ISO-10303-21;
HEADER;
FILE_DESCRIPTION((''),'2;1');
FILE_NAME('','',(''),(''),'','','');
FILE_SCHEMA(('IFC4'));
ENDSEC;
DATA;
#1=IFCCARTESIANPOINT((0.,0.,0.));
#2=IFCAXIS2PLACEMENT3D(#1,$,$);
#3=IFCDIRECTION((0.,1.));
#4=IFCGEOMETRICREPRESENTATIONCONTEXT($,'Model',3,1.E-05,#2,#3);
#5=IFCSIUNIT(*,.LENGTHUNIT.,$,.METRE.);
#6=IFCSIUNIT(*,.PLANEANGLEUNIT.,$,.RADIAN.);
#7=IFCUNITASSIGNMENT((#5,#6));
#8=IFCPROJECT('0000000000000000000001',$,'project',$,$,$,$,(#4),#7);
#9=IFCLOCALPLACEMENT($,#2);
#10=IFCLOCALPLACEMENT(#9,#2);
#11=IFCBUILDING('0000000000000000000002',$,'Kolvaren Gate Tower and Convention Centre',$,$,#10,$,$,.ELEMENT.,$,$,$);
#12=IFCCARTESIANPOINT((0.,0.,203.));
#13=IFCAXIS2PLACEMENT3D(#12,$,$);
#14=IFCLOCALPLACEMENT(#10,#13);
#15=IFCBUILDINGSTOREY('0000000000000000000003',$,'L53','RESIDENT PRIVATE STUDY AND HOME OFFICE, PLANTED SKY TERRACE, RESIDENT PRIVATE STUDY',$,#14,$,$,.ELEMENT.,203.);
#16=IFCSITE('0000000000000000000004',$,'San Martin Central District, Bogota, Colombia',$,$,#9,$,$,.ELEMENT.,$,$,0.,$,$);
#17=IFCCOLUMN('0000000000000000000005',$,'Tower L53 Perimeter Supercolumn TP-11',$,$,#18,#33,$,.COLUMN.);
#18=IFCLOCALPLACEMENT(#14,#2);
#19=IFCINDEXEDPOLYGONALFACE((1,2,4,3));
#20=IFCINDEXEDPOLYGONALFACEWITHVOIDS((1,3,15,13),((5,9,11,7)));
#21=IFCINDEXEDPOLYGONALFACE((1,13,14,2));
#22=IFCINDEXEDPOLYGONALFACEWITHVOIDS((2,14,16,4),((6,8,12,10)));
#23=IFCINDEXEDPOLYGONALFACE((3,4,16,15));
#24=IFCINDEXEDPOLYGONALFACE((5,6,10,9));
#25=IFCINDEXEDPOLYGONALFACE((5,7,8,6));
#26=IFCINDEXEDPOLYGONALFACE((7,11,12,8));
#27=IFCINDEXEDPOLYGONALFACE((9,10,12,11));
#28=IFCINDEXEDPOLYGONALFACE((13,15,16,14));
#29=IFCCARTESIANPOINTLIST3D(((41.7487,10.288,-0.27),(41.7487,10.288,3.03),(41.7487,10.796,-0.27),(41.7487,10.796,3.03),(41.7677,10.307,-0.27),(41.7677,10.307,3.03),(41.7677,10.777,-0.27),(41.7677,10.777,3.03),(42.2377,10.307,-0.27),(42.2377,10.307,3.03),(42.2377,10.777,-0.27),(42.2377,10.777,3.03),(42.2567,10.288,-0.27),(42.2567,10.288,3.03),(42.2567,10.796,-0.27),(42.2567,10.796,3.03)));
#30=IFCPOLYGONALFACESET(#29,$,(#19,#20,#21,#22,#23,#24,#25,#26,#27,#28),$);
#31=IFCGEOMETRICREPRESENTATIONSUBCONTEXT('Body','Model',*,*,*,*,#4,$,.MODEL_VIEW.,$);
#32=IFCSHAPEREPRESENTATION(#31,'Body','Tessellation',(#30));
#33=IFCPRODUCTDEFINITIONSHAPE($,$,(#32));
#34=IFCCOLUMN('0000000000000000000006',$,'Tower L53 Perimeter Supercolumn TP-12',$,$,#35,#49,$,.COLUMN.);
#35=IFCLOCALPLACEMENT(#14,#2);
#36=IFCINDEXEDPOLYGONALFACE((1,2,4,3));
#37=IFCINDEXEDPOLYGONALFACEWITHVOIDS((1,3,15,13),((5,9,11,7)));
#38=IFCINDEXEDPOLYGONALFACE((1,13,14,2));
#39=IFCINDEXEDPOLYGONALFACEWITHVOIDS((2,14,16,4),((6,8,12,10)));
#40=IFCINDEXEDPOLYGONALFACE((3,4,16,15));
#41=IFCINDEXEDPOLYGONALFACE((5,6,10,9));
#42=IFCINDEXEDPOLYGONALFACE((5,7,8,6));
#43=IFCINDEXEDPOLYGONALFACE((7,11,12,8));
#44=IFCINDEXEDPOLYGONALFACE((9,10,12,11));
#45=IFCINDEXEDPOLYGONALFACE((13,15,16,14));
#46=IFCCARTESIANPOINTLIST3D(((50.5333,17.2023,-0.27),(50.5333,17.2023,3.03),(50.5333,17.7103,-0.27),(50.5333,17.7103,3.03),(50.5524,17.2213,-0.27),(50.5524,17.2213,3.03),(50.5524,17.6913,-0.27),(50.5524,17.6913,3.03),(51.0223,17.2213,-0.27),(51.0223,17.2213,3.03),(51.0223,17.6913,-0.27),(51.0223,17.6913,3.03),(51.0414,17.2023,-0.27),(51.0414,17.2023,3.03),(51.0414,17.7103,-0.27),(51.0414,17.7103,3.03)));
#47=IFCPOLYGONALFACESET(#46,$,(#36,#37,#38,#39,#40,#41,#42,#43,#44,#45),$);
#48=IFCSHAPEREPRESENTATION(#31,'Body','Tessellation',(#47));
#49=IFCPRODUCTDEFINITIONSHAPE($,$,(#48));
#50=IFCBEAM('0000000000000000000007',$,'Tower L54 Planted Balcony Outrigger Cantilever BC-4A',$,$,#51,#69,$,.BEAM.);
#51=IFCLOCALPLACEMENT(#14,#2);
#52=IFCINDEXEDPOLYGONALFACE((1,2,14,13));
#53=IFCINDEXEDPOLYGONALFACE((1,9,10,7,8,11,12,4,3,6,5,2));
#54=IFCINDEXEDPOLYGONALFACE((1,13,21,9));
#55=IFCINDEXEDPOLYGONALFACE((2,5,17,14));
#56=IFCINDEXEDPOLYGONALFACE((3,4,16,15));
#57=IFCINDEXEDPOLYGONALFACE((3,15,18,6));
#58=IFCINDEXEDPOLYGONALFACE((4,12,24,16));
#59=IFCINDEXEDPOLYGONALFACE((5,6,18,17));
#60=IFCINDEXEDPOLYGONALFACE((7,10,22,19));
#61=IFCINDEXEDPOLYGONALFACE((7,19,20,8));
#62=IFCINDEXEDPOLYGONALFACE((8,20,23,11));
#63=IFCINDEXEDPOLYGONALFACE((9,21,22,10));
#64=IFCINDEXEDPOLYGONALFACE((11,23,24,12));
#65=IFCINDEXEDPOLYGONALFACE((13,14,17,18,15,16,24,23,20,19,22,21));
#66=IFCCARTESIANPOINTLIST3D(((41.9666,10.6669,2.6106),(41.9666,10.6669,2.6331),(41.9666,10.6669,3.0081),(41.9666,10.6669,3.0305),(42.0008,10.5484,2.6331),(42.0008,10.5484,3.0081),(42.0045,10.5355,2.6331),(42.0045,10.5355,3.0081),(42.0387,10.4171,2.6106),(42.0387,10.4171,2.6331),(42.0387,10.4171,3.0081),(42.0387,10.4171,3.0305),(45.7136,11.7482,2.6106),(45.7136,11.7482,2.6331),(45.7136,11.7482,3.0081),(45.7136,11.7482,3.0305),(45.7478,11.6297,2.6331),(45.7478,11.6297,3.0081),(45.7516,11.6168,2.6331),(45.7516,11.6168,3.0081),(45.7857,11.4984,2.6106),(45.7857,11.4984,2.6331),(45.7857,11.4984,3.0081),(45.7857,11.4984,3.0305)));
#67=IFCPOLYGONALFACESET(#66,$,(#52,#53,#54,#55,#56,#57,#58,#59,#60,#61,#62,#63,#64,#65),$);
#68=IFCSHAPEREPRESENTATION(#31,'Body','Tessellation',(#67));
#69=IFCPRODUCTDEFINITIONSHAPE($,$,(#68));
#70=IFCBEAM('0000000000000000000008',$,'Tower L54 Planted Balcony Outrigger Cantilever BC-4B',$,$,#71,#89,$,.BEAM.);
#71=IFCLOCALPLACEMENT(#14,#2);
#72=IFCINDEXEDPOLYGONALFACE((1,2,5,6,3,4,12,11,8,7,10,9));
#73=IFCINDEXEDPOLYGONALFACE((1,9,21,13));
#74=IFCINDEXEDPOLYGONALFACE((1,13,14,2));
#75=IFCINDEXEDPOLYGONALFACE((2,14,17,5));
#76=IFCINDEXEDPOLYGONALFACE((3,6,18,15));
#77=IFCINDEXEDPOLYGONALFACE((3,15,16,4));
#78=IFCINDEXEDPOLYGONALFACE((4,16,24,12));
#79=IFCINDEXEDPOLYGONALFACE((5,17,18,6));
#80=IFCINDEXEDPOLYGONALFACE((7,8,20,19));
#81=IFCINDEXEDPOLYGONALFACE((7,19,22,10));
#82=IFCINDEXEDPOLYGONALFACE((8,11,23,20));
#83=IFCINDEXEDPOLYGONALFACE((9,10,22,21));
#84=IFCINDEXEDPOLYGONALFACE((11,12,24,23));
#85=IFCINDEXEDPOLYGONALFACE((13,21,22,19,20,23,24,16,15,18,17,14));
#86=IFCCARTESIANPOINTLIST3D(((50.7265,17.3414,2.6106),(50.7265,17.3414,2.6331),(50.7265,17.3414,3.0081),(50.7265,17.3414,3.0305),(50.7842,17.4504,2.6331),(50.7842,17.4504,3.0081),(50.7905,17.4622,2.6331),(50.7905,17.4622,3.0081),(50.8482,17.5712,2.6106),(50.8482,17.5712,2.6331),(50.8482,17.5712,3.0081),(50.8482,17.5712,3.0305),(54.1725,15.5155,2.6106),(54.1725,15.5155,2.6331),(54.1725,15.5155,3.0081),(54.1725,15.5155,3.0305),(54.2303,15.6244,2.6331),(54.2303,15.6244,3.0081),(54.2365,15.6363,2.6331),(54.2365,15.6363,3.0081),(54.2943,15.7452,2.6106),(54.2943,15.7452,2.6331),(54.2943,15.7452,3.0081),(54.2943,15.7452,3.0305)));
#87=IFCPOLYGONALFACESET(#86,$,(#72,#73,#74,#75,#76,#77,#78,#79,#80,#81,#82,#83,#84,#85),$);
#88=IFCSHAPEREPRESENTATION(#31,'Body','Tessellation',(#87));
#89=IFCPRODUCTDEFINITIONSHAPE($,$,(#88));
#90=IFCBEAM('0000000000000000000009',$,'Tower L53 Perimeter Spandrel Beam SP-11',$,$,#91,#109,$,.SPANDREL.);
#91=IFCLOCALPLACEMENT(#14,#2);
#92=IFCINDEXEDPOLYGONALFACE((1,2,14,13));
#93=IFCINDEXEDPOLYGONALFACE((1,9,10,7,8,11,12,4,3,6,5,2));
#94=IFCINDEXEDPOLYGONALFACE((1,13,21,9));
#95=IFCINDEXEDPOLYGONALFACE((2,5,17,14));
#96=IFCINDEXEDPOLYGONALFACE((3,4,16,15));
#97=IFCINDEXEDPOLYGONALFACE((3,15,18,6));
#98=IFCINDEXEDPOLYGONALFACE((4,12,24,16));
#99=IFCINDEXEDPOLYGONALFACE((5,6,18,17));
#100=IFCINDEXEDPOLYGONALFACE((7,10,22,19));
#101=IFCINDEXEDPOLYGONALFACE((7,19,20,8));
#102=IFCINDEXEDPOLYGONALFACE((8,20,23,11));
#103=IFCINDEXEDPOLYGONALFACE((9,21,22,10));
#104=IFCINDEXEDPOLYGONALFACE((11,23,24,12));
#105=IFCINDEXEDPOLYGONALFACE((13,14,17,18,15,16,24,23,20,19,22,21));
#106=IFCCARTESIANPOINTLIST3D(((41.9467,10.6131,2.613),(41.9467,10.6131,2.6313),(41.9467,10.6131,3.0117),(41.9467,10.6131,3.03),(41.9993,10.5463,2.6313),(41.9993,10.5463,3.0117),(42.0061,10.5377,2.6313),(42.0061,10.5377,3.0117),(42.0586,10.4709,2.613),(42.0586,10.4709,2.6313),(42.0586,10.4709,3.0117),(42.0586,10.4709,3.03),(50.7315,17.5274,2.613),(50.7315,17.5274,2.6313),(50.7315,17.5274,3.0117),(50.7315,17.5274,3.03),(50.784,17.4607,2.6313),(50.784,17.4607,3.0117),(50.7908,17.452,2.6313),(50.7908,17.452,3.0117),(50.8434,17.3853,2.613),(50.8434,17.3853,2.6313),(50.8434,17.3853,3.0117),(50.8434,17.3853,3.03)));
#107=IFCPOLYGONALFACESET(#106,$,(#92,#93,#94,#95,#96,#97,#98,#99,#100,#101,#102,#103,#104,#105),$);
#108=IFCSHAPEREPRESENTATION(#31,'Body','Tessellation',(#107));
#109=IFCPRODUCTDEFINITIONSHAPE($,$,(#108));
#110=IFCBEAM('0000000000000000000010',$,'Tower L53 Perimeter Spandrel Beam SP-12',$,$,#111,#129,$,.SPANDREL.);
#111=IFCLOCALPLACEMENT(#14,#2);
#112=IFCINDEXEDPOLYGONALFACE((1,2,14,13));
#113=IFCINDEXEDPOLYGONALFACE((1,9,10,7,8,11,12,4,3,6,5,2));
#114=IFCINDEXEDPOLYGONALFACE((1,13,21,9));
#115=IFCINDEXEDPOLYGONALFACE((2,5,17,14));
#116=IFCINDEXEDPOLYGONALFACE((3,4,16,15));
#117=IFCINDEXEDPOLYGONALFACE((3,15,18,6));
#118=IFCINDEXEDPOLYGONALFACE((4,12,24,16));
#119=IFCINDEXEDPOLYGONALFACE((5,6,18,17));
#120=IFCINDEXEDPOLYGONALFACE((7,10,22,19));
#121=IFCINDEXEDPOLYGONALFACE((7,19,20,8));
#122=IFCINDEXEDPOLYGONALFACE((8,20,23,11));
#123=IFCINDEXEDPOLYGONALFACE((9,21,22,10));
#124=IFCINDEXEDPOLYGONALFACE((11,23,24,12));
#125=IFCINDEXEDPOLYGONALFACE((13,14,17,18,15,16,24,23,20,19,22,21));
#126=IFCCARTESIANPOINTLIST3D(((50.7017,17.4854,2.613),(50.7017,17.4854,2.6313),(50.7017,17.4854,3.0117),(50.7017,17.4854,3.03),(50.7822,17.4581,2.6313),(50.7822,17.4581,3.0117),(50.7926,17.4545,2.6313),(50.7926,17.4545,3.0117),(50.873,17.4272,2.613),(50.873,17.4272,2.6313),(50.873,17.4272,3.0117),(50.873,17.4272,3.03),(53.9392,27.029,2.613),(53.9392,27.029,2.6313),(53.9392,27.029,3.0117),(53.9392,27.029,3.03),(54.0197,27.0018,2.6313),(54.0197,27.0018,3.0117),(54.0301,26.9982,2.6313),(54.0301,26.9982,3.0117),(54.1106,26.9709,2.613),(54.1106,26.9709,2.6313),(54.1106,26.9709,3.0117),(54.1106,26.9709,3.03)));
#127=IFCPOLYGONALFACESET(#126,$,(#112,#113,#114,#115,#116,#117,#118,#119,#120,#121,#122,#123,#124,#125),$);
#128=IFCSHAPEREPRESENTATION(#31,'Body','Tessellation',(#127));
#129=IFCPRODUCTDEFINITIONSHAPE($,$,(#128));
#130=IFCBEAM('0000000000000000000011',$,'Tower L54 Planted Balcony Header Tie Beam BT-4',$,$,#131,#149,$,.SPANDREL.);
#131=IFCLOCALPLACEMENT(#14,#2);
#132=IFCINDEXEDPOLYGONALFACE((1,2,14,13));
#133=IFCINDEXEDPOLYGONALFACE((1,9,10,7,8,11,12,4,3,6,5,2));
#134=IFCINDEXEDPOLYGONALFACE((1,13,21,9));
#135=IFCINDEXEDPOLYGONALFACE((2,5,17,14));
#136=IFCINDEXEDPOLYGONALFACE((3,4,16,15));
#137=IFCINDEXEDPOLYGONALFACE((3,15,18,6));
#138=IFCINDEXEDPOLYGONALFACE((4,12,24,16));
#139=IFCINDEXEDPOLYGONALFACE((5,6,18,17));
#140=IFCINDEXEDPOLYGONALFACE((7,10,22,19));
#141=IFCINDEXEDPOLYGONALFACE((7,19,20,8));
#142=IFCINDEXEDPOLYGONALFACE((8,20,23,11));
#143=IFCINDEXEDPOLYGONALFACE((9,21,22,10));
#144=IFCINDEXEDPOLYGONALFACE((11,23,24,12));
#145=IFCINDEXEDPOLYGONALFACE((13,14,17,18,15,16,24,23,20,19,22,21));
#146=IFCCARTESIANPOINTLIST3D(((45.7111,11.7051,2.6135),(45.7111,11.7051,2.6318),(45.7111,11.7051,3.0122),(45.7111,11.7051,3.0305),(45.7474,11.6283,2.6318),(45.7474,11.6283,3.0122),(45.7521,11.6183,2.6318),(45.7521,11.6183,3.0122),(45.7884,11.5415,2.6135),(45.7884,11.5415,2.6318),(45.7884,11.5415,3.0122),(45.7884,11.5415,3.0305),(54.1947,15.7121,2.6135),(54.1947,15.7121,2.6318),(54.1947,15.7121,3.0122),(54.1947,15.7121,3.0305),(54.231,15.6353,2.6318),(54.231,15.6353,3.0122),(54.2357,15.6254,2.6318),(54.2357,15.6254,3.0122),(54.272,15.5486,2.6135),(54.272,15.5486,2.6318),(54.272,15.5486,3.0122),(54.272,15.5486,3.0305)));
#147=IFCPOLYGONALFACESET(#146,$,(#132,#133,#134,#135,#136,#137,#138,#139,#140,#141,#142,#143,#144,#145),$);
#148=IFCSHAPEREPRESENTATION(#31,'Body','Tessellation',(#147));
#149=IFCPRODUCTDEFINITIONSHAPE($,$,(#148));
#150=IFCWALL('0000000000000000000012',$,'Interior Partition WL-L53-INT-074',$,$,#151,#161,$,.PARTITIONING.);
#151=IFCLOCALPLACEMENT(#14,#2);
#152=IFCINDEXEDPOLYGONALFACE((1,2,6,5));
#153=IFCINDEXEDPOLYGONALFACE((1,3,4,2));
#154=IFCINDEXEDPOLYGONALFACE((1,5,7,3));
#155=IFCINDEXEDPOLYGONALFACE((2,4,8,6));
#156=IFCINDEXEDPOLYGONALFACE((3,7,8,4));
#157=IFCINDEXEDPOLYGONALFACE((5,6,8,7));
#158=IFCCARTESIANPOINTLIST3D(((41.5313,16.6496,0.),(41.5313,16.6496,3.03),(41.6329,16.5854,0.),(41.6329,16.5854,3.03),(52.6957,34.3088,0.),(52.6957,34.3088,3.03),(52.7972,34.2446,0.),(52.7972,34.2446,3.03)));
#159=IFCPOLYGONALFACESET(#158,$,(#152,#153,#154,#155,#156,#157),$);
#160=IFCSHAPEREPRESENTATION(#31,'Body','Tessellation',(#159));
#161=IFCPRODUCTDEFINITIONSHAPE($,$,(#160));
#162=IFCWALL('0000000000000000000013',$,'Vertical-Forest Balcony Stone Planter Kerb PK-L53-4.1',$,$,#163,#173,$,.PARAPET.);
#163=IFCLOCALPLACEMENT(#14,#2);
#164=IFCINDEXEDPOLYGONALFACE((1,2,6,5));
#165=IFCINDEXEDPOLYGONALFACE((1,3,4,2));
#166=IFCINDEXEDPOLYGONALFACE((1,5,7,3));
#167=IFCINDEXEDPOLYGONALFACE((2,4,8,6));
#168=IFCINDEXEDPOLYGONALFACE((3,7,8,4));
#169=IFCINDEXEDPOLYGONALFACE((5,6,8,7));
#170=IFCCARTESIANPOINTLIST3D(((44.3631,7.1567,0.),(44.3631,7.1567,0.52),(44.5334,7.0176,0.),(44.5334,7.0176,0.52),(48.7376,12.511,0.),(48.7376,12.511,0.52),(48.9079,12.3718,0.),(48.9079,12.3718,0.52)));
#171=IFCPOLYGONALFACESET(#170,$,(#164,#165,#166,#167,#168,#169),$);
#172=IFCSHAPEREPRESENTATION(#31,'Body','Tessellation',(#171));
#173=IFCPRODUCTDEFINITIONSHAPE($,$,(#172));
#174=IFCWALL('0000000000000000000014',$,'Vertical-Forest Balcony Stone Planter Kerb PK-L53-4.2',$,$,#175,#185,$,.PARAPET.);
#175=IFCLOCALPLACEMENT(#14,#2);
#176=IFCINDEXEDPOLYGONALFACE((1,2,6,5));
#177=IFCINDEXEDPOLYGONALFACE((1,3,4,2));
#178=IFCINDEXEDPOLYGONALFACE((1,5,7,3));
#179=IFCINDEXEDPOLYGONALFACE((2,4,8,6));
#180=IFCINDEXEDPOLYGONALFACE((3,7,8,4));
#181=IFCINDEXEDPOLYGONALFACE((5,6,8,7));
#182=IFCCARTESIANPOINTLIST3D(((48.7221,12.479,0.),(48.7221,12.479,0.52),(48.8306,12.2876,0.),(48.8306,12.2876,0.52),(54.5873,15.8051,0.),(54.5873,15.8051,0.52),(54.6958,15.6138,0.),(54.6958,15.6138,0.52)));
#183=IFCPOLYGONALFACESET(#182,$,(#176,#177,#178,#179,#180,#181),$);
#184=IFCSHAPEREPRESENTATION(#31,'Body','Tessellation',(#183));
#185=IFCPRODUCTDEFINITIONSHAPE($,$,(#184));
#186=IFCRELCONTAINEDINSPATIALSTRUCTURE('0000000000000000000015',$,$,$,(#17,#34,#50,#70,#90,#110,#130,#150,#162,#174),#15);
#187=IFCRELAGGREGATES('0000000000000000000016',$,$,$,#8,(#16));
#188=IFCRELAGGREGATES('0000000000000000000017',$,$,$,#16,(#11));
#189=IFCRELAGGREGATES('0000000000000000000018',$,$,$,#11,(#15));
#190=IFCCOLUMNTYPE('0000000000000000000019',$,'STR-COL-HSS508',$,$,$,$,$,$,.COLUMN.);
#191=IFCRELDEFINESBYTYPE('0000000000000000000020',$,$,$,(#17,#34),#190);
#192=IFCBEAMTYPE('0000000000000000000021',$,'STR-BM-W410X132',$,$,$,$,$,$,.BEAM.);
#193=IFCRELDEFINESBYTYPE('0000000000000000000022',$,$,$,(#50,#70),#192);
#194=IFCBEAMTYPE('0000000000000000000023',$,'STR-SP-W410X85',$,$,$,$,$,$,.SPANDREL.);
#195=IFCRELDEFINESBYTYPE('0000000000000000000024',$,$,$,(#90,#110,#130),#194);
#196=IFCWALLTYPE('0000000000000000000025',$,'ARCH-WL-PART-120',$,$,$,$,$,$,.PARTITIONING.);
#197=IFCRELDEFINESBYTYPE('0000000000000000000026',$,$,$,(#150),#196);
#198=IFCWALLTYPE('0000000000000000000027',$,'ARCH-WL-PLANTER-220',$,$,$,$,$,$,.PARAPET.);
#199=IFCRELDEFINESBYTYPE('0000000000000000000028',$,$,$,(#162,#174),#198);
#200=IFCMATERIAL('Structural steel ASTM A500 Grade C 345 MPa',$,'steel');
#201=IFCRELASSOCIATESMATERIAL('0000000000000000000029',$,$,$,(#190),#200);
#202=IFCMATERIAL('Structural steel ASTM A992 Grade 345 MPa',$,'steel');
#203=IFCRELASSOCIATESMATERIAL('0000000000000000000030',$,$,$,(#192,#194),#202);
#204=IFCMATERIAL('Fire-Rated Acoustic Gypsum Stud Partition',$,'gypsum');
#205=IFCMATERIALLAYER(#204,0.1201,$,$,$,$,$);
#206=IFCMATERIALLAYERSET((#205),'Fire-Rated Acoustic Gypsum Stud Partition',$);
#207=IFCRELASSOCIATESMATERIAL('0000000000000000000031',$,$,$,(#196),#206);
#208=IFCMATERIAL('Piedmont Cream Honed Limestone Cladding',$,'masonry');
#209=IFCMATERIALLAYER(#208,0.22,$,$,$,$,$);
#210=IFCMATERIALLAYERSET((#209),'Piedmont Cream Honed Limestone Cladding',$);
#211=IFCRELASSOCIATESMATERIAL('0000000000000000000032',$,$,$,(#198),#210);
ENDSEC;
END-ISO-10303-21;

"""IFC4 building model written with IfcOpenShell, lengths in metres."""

from ifc_helpers import new_model, si_unit, direction, frame, frame_2d, origin, origin_2d, place, context, subcontext, project, spatial, rectangle, hollow_rectangle, i_section, extrude, material, layer, layer_set, material_profile, profile_set, type_object, element, save


model = new_model("IFC4")

# Units and contexts
model_context = context("Model", 3, precision=1e-05, world=origin(), true_north=direction((0.0, 1.0)))
body_context = subcontext(model_context, "Body", "Model", "MODEL_VIEW")
ifc_project = project(units=[si_unit("LENGTHUNIT", "METRE"), si_unit("PLANEANGLEUNIT", "RADIAN")], contexts=[model_context])

# Site, building, storey
site_placement = place(None, origin())
site = spatial("IfcSite", under=ifc_project, at=site_placement, Name="San Martin Central District, Bogota, Colombia", CompositionType="ELEMENT", RefElevation=0.0)
building_placement = place(site_placement, origin())
building = spatial("IfcBuilding", under=site, at=building_placement, Name="Kolvaren Gate Tower and Convention Centre", CompositionType="ELEMENT")
storey_placement = place(building_placement, frame((0.0, 0.0, 203.0)))
storey = spatial("IfcBuildingStorey", under=building, at=storey_placement, Name="L53", Description="RESIDENT PRIVATE STUDY AND HOME OFFICE, PLANTED SKY TERRACE, RESIDENT PRIVATE STUDY", CompositionType="ELEMENT", Elevation=203.0)

# Columns
ifc_material_1 = material(Name="Structural steel ASTM A500 Grade C 345 MPa", Category="steel")
ifc_material_profile_1 = material_profile(ifc_material_1, hollow_rectangle(XDim=0.5081, YDim=0.5081, WallThickness=0.019, at=origin_2d()), Name="HSS508X508X19.1")
ifc_profile_set_1 = profile_set([ifc_material_profile_1], Name="Structural steel ASTM A500 Grade C 345 MPa")
column_type = type_object("IfcColumnType", Name="STR-COL-HSS508", PredefinedType="COLUMN", material=ifc_profile_set_1)
for number, where, z_axis, x_axis, name in (
    (1, (42.0027, 10.542, -0.27), (0.0, 0.0, 1.0), (1.0, 0.0, 0.0), "Tower L53 Perimeter Supercolumn TP-11"),
    (2, (50.7874, 17.4563, -0.27), (0.0, 0.0, 1.0), (1.0, 0.0, 0.0), "Tower L53 Perimeter Supercolumn TP-12"),
):
    element("IfcColumn", number, at=place(storey_placement, frame(where, z_axis=z_axis, x_axis=x_axis)), inside=storey, type_object=column_type, Name=name, PredefinedType="COLUMN", context=body_context, shape_type="SweptSolid", body=[
        extrude(hollow_rectangle(XDim=0.5081, YDim=0.5081, WallThickness=0.019, at=origin_2d()), origin(), (0.0, 0.0, 1.0), 3.3),
    ])

# Beams
ifc_material_2 = material(Name="Structural steel ASTM A992 Grade 345 MPa", Category="steel")
ifc_material_profile_2 = material_profile(ifc_material_2, i_section(OverallWidth=0.26, OverallDepth=0.4199, WebThickness=0.0134, FlangeThickness=0.0225, at=origin_2d()), Name="W410X132")
ifc_profile_set_2 = profile_set([ifc_material_profile_2], Name="Structural steel ASTM A992 Grade 345 MPa")
beam_type_1 = type_object("IfcBeamType", Name="STR-BM-W410X132", PredefinedType="BEAM", material=ifc_profile_set_2)
for number, where, z_axis, x_axis, name in (
    (3, (42.0027, 10.542, 2.8206), (0.960795, 0.277258, 0.0), (-0.277258, 0.960795, 0.0), "Tower L54 Planted Balcony Outrigger Cantilever BC-4A"),
    (4, (50.7874, 17.4563, 2.8206), (0.883623, -0.468198, 0.0), (0.468198, 0.883623, 0.0), "Tower L54 Planted Balcony Outrigger Cantilever BC-4B"),
):
    element("IfcBeam", number, at=place(storey_placement, frame(where, z_axis=z_axis, x_axis=x_axis)), inside=storey, type_object=beam_type_1, Name=name, PredefinedType="BEAM", context=body_context, shape_type="SweptSolid", body=[
        extrude(i_section(OverallWidth=0.26, OverallDepth=0.4199, WebThickness=0.0134, FlangeThickness=0.0225, at=origin_2d()), origin(), (0.0, 0.0, 1.0), 3.8999),
    ])
ifc_material_profile_3 = material_profile(ifc_material_2, i_section(OverallWidth=0.1809, OverallDepth=0.417, WebThickness=0.011, FlangeThickness=0.0183, at=origin_2d()), Name="W410X85")
ifc_profile_set_3 = profile_set([ifc_material_profile_3], Name="Structural steel ASTM A992 Grade 345 MPa")
beam_type_2 = type_object("IfcBeamType", Name="STR-SP-W410X85", PredefinedType="SPANDREL", material=ifc_profile_set_3)
beam_1_placement = place(storey_placement, frame((42.0027, 10.542, 2.8215), z_axis=(0.785794, 0.618489, 0.0), x_axis=(-0.618489, 0.785794, 0.0)))
element("IfcBeam", 5, at=beam_1_placement, inside=storey, type_object=beam_type_2, Name="Tower L53 Perimeter Spandrel Beam SP-11", PredefinedType="SPANDREL", context=body_context, shape_type="SweptSolid", body=[
    extrude(i_section(OverallWidth=0.1809, OverallDepth=0.417, WebThickness=0.011, FlangeThickness=0.0183, at=origin_2d()), origin(), (0.0, 0.0, 1.0), 11.1794),
])
beam_2_placement = place(storey_placement, frame((50.7874, 17.4563, 2.8215), z_axis=(0.321253, 0.946994, 0.0), x_axis=(-0.946994, 0.321253, 0.0)))
element("IfcBeam", 6, at=beam_2_placement, inside=storey, type_object=beam_type_2, Name="Tower L53 Perimeter Spandrel Beam SP-12", PredefinedType="SPANDREL", context=body_context, shape_type="SweptSolid", body=[
    extrude(i_section(OverallWidth=0.1809, OverallDepth=0.417, WebThickness=0.011, FlangeThickness=0.0183, at=origin_2d()), origin(), (0.0, 0.0, 1.0), 10.0779),
])
beam_3_placement = place(storey_placement, frame((45.7498, 11.6233, 2.822), z_axis=(0.904211, 0.427086, 0.0), x_axis=(-0.427086, 0.904211, 0.0)))
element("IfcBeam", 7, at=beam_3_placement, inside=storey, type_object=beam_type_2, Name="Tower L54 Planted Balcony Header Tie Beam BT-4", PredefinedType="SPANDREL", context=body_context, shape_type="SweptSolid", body=[
    extrude(i_section(OverallWidth=0.1809, OverallDepth=0.417, WebThickness=0.011, FlangeThickness=0.0183, at=origin_2d()), origin(), (0.0, 0.0, 1.0), 9.3823),
])

# Walls
ifc_material_3 = material(Name="Fire-Rated Acoustic Gypsum Stud Partition", Category="gypsum")
ifc_layer_1 = layer(ifc_material_3, 0.1201)
ifc_layer_set_1 = layer_set([ifc_layer_1], Name="Fire-Rated Acoustic Gypsum Stud Partition")
wall_type_1 = type_object("IfcWallType", Name="ARCH-WL-PART-120", PredefinedType="PARTITIONING", material=ifc_layer_set_1)
wall_1_placement = place(storey_placement, frame((41.582, 16.6174, 0.0), z_axis=(0.0, 0.0, 1.0), x_axis=(0.534374, 0.845248, 0.0)))
element("IfcWall", 8, at=wall_1_placement, inside=storey, type_object=wall_type_1, Name="Interior Partition WL-L53-INT-074", PredefinedType="PARTITIONING", context=body_context, shape_type="SweptSolid", body=[
    extrude(rectangle(XDim=20.8923, YDim=0.1201, at=frame_2d((10.4463, 0.0))), origin(), (0.0, 0.0, 1.0), 3.03),
])
ifc_material_4 = material(Name="Piedmont Cream Honed Limestone Cladding", Category="masonry")
ifc_layer_2 = layer(ifc_material_4, 0.22)
ifc_layer_set_2 = layer_set([ifc_layer_2], Name="Piedmont Cream Honed Limestone Cladding")
wall_type_2 = type_object("IfcWallType", Name="ARCH-WL-PLANTER-220", PredefinedType="PARAPET", material=ifc_layer_set_2)
wall_2_placement = place(storey_placement, frame((44.4482, 7.0872, 0.0), z_axis=(0.0, 0.0, 1.0), x_axis=(0.632697, 0.774399, 0.0)))
element("IfcWall", 9, at=wall_2_placement, inside=storey, type_object=wall_type_2, Name="Vertical-Forest Balcony Stone Planter Kerb PK-L53-4.1", PredefinedType="PARAPET", context=body_context, shape_type="SweptSolid", body=[
    extrude(rectangle(XDim=6.9141, YDim=0.22, at=frame_2d((3.457, 0.0))), origin(), (0.0, 0.0, 1.0), 0.52),
])
wall_3_placement = place(storey_placement, frame((48.7764, 12.3833, 0.0), z_axis=(0.0, 0.0, 1.0), x_axis=(0.869861, 0.493298, 0.0)))
element("IfcWall", 10, at=wall_3_placement, inside=storey, type_object=wall_type_2, Name="Vertical-Forest Balcony Stone Planter Kerb PK-L53-4.2", PredefinedType="PARAPET", context=body_context, shape_type="SweptSolid", body=[
    extrude(rectangle(XDim=6.7427, YDim=0.22, at=frame_2d((3.3713, 0.0))), origin(), (0.0, 0.0, 1.0), 0.52),
])

save(model, "model.ifc")
